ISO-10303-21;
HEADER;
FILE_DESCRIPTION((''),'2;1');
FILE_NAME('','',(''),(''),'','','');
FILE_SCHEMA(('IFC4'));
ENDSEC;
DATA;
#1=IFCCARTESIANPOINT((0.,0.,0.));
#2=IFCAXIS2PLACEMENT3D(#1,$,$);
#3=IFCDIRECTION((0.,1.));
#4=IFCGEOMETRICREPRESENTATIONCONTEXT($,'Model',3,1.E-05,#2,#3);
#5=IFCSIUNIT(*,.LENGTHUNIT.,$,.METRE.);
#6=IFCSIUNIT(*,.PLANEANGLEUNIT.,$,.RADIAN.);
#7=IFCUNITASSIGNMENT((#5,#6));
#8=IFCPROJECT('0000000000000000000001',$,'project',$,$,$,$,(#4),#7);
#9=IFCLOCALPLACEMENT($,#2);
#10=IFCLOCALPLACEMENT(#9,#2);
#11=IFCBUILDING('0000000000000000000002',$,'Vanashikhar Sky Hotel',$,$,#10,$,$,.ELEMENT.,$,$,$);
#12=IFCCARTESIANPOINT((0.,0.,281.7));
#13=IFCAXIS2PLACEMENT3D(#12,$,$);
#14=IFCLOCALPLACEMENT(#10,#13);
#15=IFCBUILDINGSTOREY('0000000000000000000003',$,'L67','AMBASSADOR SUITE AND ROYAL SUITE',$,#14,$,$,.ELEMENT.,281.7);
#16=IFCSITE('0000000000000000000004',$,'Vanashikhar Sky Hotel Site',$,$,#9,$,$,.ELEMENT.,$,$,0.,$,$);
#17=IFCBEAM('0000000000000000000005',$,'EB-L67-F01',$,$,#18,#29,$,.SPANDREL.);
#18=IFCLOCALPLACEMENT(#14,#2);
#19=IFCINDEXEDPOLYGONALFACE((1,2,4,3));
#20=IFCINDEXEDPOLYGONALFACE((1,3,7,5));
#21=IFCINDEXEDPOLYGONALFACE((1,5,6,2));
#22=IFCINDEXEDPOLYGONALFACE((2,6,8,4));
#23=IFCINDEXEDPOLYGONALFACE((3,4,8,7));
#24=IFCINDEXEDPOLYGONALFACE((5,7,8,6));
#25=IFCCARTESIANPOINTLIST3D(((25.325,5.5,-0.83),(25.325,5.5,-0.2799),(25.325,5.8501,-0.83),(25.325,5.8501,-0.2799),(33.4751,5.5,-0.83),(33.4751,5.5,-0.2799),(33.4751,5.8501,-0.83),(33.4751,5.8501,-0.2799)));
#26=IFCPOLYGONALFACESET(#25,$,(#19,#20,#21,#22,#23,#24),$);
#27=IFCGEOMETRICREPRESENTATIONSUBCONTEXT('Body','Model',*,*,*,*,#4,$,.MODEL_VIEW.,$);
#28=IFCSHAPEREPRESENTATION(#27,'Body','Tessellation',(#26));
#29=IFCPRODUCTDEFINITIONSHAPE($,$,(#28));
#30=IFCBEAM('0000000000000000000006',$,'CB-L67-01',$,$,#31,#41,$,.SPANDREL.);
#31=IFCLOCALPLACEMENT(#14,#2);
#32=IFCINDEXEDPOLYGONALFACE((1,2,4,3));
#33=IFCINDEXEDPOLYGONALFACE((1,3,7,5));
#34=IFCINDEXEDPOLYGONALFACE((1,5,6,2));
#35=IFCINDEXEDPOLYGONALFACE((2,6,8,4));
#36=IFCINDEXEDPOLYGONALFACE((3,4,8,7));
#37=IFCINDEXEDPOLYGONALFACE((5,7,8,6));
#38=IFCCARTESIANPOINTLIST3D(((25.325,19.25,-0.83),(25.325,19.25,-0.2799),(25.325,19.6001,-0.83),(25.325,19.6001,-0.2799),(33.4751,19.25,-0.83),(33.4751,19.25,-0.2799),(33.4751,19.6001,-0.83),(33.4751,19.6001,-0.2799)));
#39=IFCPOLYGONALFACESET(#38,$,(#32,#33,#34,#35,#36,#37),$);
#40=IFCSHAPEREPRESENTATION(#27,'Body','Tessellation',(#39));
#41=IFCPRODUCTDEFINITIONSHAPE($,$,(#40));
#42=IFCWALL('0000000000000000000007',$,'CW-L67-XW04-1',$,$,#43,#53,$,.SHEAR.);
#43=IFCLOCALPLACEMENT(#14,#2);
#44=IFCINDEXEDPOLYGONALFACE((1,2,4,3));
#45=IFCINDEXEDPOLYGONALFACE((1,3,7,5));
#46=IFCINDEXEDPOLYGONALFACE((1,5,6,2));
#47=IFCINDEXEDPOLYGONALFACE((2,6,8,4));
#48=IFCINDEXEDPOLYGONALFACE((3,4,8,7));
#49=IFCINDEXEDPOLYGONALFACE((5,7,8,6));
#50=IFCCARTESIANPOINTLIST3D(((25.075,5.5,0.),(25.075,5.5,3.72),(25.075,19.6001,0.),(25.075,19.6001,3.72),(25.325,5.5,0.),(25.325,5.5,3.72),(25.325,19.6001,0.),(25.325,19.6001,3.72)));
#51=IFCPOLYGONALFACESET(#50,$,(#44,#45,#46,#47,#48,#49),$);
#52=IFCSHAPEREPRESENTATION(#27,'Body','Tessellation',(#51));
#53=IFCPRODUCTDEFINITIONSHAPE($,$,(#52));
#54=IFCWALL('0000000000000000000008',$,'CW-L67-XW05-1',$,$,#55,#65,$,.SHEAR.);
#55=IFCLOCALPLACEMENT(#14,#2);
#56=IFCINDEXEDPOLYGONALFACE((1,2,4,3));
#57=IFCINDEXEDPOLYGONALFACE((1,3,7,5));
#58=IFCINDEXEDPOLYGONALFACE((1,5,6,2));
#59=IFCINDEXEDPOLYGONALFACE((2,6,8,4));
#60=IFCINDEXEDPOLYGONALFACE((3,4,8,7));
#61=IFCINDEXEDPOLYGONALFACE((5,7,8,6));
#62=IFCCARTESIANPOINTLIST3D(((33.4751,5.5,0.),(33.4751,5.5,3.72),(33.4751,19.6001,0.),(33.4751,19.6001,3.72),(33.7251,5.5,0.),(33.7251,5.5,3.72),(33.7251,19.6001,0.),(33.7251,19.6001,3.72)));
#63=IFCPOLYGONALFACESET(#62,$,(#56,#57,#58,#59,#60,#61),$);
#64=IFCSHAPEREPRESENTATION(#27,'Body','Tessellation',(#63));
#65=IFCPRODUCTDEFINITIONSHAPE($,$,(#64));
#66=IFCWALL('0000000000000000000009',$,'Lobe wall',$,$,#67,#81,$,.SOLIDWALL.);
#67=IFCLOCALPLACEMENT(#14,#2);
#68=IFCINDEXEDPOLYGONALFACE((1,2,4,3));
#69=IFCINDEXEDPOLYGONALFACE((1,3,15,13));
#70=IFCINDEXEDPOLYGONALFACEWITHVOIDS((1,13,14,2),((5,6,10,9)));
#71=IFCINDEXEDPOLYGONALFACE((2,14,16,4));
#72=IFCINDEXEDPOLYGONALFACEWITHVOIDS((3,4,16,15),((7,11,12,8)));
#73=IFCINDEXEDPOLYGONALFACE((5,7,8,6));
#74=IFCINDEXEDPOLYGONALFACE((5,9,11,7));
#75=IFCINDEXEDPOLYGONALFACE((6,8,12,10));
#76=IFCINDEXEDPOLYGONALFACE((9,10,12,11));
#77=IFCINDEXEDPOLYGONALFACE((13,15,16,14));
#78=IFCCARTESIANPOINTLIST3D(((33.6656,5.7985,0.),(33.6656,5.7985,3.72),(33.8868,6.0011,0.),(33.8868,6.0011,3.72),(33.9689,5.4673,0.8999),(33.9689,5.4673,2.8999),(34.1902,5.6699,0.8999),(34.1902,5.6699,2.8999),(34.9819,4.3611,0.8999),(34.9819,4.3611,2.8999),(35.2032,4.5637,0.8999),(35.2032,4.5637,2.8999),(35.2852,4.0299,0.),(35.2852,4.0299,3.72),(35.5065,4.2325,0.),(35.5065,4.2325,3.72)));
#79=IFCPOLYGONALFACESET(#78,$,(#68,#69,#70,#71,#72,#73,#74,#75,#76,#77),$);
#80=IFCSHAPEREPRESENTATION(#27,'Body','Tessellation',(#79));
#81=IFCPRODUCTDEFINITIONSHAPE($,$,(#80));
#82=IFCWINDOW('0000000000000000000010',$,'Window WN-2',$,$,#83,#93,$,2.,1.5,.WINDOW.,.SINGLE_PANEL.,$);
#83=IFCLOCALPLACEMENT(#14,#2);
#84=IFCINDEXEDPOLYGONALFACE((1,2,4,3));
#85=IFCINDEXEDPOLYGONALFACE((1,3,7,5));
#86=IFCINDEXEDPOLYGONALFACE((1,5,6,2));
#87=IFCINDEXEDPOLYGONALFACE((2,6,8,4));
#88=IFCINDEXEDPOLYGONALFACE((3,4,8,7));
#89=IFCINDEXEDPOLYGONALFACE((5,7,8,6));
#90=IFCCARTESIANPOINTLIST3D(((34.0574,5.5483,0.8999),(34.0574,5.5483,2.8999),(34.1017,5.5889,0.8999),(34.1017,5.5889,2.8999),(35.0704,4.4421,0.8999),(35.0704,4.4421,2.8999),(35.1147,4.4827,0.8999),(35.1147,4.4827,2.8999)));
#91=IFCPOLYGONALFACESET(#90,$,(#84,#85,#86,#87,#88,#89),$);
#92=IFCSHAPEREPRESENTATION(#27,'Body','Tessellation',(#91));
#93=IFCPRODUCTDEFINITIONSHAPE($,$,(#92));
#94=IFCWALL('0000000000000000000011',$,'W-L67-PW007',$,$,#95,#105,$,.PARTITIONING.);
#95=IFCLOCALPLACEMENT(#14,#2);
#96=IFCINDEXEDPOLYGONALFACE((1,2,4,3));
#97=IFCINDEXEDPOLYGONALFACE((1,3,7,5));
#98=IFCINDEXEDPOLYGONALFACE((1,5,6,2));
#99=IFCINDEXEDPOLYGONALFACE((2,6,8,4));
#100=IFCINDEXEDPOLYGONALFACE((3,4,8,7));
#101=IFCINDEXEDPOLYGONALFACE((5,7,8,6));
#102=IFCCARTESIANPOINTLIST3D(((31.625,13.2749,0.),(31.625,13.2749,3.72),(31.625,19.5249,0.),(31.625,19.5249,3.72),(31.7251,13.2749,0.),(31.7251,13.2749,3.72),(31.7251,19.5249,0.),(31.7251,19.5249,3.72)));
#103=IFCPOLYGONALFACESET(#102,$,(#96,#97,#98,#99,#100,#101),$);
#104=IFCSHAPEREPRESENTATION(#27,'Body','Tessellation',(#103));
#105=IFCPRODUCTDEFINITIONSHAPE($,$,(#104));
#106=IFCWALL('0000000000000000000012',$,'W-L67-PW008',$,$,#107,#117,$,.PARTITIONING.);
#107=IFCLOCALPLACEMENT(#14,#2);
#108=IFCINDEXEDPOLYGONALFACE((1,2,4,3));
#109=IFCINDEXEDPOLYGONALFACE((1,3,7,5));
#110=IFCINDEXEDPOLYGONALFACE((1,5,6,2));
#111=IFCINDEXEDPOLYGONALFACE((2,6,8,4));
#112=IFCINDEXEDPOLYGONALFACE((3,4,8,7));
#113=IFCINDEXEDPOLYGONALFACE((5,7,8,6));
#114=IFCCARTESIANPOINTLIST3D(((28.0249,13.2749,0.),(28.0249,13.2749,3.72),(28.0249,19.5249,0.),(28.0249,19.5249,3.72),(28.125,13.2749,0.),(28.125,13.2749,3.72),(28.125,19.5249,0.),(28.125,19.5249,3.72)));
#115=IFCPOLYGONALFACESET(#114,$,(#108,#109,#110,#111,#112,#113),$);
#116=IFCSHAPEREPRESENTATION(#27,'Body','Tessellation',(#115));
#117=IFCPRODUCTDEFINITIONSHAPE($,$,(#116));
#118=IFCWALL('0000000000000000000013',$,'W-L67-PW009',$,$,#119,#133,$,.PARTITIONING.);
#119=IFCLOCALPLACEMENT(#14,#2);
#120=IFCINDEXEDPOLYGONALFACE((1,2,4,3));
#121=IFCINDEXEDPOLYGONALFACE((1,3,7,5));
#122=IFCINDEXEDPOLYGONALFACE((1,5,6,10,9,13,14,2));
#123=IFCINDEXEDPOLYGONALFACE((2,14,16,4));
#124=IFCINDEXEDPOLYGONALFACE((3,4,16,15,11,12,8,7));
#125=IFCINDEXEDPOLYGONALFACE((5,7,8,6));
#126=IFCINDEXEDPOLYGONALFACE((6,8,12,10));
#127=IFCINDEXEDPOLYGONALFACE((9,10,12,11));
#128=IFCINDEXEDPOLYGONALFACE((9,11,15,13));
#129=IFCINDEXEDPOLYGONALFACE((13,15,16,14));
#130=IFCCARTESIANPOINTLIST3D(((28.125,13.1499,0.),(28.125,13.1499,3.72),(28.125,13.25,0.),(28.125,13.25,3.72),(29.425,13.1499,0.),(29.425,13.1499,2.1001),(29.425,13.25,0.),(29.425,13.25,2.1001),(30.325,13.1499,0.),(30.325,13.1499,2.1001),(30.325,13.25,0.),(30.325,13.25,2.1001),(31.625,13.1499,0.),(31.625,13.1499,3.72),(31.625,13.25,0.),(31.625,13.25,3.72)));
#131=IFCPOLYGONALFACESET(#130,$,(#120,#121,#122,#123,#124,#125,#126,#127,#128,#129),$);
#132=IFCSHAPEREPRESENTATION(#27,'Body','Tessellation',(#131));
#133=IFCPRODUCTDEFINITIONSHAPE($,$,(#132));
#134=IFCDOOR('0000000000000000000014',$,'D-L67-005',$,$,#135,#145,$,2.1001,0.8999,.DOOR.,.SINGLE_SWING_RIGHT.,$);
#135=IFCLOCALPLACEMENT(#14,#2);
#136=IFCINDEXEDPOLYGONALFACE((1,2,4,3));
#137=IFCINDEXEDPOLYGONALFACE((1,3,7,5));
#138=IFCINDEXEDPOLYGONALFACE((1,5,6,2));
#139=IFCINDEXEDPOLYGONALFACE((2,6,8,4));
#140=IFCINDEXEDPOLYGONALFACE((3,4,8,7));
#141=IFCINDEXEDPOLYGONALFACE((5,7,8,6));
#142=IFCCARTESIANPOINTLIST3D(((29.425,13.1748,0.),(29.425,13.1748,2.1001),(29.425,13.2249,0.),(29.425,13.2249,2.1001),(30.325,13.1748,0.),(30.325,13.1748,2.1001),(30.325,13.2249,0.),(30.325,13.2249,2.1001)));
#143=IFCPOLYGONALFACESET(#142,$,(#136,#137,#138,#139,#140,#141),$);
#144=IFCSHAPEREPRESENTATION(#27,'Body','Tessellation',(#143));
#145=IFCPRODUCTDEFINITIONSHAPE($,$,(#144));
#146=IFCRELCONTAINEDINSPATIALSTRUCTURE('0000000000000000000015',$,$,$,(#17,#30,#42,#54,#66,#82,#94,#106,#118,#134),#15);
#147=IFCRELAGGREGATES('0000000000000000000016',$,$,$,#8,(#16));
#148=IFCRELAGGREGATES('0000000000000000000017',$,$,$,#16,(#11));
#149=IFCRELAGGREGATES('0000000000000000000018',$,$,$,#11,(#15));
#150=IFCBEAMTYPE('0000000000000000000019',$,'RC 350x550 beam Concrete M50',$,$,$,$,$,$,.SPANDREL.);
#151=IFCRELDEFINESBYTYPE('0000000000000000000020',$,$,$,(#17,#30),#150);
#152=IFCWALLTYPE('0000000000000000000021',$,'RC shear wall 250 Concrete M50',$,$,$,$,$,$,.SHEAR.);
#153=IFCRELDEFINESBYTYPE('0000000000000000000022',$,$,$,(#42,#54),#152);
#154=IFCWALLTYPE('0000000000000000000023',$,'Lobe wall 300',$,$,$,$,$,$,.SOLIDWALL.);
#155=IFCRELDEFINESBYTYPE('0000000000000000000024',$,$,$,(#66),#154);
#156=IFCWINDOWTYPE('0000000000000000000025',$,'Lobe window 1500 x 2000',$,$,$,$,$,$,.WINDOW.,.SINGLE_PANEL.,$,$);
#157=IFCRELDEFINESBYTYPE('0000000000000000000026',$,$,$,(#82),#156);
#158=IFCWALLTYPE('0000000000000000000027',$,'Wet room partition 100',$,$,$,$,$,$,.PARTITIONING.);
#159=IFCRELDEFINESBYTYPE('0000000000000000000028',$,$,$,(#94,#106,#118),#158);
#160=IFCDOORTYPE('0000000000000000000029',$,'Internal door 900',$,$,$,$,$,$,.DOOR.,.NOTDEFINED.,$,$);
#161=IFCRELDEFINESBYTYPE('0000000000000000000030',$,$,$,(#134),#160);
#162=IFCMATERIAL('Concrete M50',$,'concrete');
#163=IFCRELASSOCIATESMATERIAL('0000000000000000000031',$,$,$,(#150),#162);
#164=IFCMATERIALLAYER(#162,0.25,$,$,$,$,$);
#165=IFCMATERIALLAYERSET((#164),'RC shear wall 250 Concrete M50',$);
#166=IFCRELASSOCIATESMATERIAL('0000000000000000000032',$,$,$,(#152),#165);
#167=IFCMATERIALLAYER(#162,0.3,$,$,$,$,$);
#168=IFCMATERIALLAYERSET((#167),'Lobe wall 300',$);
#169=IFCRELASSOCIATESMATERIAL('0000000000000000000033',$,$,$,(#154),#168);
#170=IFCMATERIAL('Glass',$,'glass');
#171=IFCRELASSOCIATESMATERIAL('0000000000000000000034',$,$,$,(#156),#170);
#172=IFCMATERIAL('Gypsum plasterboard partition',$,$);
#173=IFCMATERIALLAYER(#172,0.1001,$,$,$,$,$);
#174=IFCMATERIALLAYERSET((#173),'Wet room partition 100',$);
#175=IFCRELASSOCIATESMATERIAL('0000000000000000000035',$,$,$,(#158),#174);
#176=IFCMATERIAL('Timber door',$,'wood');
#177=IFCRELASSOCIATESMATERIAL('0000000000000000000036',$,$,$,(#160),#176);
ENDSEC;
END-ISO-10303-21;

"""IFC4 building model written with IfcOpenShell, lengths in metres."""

from ifc_helpers import new_model, si_unit, direction, frame, frame_2d, origin, origin_2d, place, context, subcontext, project, spatial, rectangle, extrude, source, transform, mapped, material, layer, layer_set, material_profile, profile_set, type_object, element, fill, save


model = new_model("IFC4")

# Units and contexts
model_context = context("Model", 3, precision=1e-05, world=origin(), true_north=direction((0.0, 1.0)))
body_context = subcontext(model_context, "Body", "Model", "MODEL_VIEW")
ifc_project = project(units=[si_unit("LENGTHUNIT", "METRE"), si_unit("PLANEANGLEUNIT", "RADIAN")], contexts=[model_context])

# Site, building, storey
site_placement = place(None, origin())
site = spatial("IfcSite", under=ifc_project, at=site_placement, Name="Vanashikhar Sky Hotel Site", CompositionType="ELEMENT", RefElevation=0.0)
building_placement = place(site_placement, origin())
building = spatial("IfcBuilding", under=site, at=building_placement, Name="Vanashikhar Sky Hotel", CompositionType="ELEMENT")
storey_placement = place(building_placement, frame((0.0, 0.0, 281.7)))
storey = spatial("IfcBuildingStorey", under=building, at=storey_placement, Name="L67", Description="AMBASSADOR SUITE AND ROYAL SUITE", CompositionType="ELEMENT", Elevation=281.7)

# Beams
ifc_material_1 = material(Name="Concrete M50", Category="concrete")
ifc_material_profile = material_profile(ifc_material_1, rectangle(XDim=0.3501, YDim=0.55, at=origin_2d()))
ifc_profile_set = profile_set([ifc_material_profile], Name="RC 350x550 beam Concrete M50")
beam_type = type_object("IfcBeamType", Name="RC 350x550 beam Concrete M50", PredefinedType="SPANDREL", material=ifc_profile_set)
shared_shape_1 = source(origin(), body_context, "Body", "SweptSolid", [
    extrude(rectangle(XDim=0.3501, YDim=0.55, at=origin_2d()), origin(), (0.0, 0.0, 1.0), 8.1501),
])
for number, where, z_axis, x_axis, name in (
    (1, (25.325, 5.675, -0.5549), (1.0, 0.0, 0.0), (0.0, 1.0, 0.0), "EB-L67-F01"),
    (2, (25.325, 19.425, -0.5549), (1.0, 0.0, 0.0), (0.0, 1.0, 0.0), "CB-L67-01"),
):
    element("IfcBeam", number, at=place(storey_placement, frame(where, z_axis=z_axis, x_axis=x_axis)), inside=storey, type_object=beam_type, Name=name, PredefinedType="SPANDREL", context=body_context, shape_type="MappedRepresentation", body=[
        mapped(shared_shape_1, transform((0.0, 0.0, 0.0), scale=1.0)),
    ])

# Walls
ifc_layer_1 = layer(ifc_material_1, 0.25)
ifc_layer_set_1 = layer_set([ifc_layer_1], Name="RC shear wall 250 Concrete M50")
wall_type_1 = type_object("IfcWallType", Name="RC shear wall 250 Concrete M50", PredefinedType="SHEAR", material=ifc_layer_set_1)
shared_shape_2 = source(origin(), body_context, "Body", "SweptSolid", [
    extrude(rectangle(XDim=14.1001, YDim=0.25, at=frame_2d((7.05, 0.0))), origin(), (0.0, 0.0, 1.0), 3.72),
])
for number, where, z_axis, x_axis, name in (
    (3, (25.2, 5.5, 0.0), (0.0, 0.0, 1.0), (0.0, 1.0, 0.0), "CW-L67-XW04-1"),
    (4, (33.6001, 5.5, 0.0), (0.0, 0.0, 1.0), (0.0, 1.0, 0.0), "CW-L67-XW05-1"),
):
    element("IfcWall", number, at=place(storey_placement, frame(where, z_axis=z_axis, x_axis=x_axis)), inside=storey, type_object=wall_type_1, Name=name, PredefinedType="SHEAR", context=body_context, shape_type="MappedRepresentation", body=[
        mapped(shared_shape_2, transform((0.0, 0.0, 0.0), scale=1.0)),
    ])

# Shared definitions
ifc_material_2 = material(Name="Glass", Category="glass")

# Wall, opening, window
ifc_layer_2 = layer(ifc_material_1, 0.3)
ifc_layer_set_2 = layer_set([ifc_layer_2], Name="Lobe wall 300")
wall_type_2 = type_object("IfcWallType", Name="Lobe wall 300", PredefinedType="SOLIDWALL", material=ifc_layer_set_2)
shared_shape_3 = source(origin(), body_context, "Body", "SweptSolid", [
    extrude(rectangle(XDim=2.3982, YDim=0.3, at=frame_2d((1.1992, 0.0))), origin(), (0.0, 0.0, 1.0), 3.72),
])
wall_1_placement = place(storey_placement, frame((33.7761, 5.8999, 0.0), z_axis=(0.0, 0.0, 1.0), x_axis=(0.675374, -0.737475, 0.0)))
wall_1 = element("IfcWall", 5, at=wall_1_placement, inside=storey, type_object=wall_type_2, Name="Lobe wall", PredefinedType="SOLIDWALL", context=body_context, shape_type="MappedRepresentation", body=[
    mapped(shared_shape_3, transform((0.0, 0.0, 0.0), scale=1.0)),
])
shared_shape_4 = source(origin(), body_context, "Body", "SweptSolid", [
    extrude(rectangle(XDim=1.5, YDim=2.0, at=frame_2d((0.75, 1.0))), frame((0.0, 0.1602, 0.0), z_axis=(0.0, -1.0, 0.0), x_axis=(1.0, 0.0, 0.0)), (0.0, 0.0, 1.0), 0.3201),
])
opening_1_placement = place(wall_1_placement, frame((0.4492, 0.0, 0.8999)))
opening_1 = element("IfcOpeningElement", 6, at=opening_1_placement, cuts=wall_1, PredefinedType="OPENING", context=body_context, shape_type="MappedRepresentation", body=[
    mapped(shared_shape_4, transform((0.0, 0.0, 0.0), scale=1.0)),
])
window_type_1 = type_object("IfcWindowType", Name="Lobe window 1500 x 2000", PartitioningType="SINGLE_PANEL", PredefinedType="WINDOW", material=ifc_material_2)
shared_shape_5 = source(origin(), body_context, "Body", "SweptSolid", [
    extrude(rectangle(XDim=1.5, YDim=2.0, at=frame_2d((0.75, 1.0))), frame((0.0, 0.03, 0.0), z_axis=(0.0, -1.0, 0.0), x_axis=(1.0, 0.0, 0.0)), (0.0, 0.0, 1.0), 0.0601),
])
window_1_placement = place(opening_1_placement, origin())
window_1 = element("IfcWindow", 7, at=window_1_placement, inside=storey, type_object=window_type_1, Name="Window WN-2", OverallHeight=2.0, OverallWidth=1.5, PartitioningType="SINGLE_PANEL", PredefinedType="WINDOW", context=body_context, shape_type="MappedRepresentation", body=[
    mapped(shared_shape_5, transform((0.0, 0.0, 0.0), scale=1.0)),
])
fill(opening_1, window_1)

# Walls
ifc_material_3 = material(Name="Gypsum plasterboard partition")
ifc_layer_3 = layer(ifc_material_3, 0.1001)
ifc_layer_set_3 = layer_set([ifc_layer_3], Name="Wet room partition 100")
wall_type_3 = type_object("IfcWallType", Name="Wet room partition 100", PredefinedType="PARTITIONING", material=ifc_layer_set_3)
shared_shape_6 = source(origin(), body_context, "Body", "SweptSolid", [
    extrude(rectangle(XDim=6.25, YDim=0.1001, at=frame_2d((3.125, 0.0))), origin(), (0.0, 0.0, 1.0), 3.72),
])
for number, where, z_axis, x_axis, name in (
    (8, (31.675, 13.2749, 0.0), (0.0, 0.0, 1.0), (0.0, 1.0, 0.0), "W-L67-PW007"),
    (9, (28.075, 13.2749, 0.0), (0.0, 0.0, 1.0), (0.0, 1.0, 0.0), "W-L67-PW008"),
):
    element("IfcWall", number, at=place(storey_placement, frame(where, z_axis=z_axis, x_axis=x_axis)), inside=storey, type_object=wall_type_3, Name=name, PredefinedType="PARTITIONING", context=body_context, shape_type="MappedRepresentation", body=[
        mapped(shared_shape_6, transform((0.0, 0.0, 0.0), scale=1.0)),
    ])

# Wall, opening, door
shared_shape_7 = source(origin(), body_context, "Body", "SweptSolid", [
    extrude(rectangle(XDim=3.5, YDim=0.1001, at=frame_2d((1.75, 0.0))), origin(), (0.0, 0.0, 1.0), 3.72),
])
wall_2_placement = place(storey_placement, frame((28.125, 13.2, 0.0), z_axis=(0.0, 0.0, 1.0), x_axis=(1.0, 0.0, 0.0)))
wall_2 = element("IfcWall", 10, at=wall_2_placement, inside=storey, type_object=wall_type_3, Name="W-L67-PW009", PredefinedType="PARTITIONING", context=body_context, shape_type="MappedRepresentation", body=[
    mapped(shared_shape_7, transform((0.0, 0.0, 0.0), scale=1.0)),
])
shared_shape_8 = source(origin(), body_context, "Body", "SweptSolid", [
    extrude(rectangle(XDim=0.8999, YDim=2.1001, at=frame_2d((0.45, 1.05))), frame((0.0, 0.0601, 0.0), z_axis=(0.0, -1.0, 0.0), x_axis=(1.0, 0.0, 0.0)), (0.0, 0.0, 1.0), 0.1201),
])
opening_2_placement = place(wall_2_placement, frame((1.3, 0.0, 0.0)))
opening_2 = element("IfcOpeningElement", 11, at=opening_2_placement, cuts=wall_2, PredefinedType="OPENING", context=body_context, shape_type="MappedRepresentation", body=[
    mapped(shared_shape_8, transform((0.0, 0.0, 0.0), scale=1.0)),
])
ifc_material_4 = material(Name="Timber door", Category="wood")
door_type_1 = type_object("IfcDoorType", Name="Internal door 900", OperationType="NOTDEFINED", PredefinedType="DOOR", material=ifc_material_4)
shared_shape_9 = source(origin(), body_context, "Body", "SweptSolid", [
    extrude(rectangle(XDim=0.8999, YDim=2.1001, at=frame_2d((0.45, 1.05))), frame((0.0, 0.0249, 0.0), z_axis=(0.0, -1.0, 0.0), x_axis=(1.0, 0.0, 0.0)), (0.0, 0.0, 1.0), 0.05),
])
door_1_placement = place(opening_2_placement, origin())
door_1 = element("IfcDoor", 12, at=door_1_placement, inside=storey, type_object=door_type_1, Name="D-L67-005", OperationType="SINGLE_SWING_RIGHT", OverallHeight=2.1001, OverallWidth=0.8999, PredefinedType="DOOR", context=body_context, shape_type="MappedRepresentation", body=[
    mapped(shared_shape_9, transform((0.0, 0.0, 0.0), scale=1.0)),
])
fill(opening_2, door_1)

save(model, "model.ifc")
